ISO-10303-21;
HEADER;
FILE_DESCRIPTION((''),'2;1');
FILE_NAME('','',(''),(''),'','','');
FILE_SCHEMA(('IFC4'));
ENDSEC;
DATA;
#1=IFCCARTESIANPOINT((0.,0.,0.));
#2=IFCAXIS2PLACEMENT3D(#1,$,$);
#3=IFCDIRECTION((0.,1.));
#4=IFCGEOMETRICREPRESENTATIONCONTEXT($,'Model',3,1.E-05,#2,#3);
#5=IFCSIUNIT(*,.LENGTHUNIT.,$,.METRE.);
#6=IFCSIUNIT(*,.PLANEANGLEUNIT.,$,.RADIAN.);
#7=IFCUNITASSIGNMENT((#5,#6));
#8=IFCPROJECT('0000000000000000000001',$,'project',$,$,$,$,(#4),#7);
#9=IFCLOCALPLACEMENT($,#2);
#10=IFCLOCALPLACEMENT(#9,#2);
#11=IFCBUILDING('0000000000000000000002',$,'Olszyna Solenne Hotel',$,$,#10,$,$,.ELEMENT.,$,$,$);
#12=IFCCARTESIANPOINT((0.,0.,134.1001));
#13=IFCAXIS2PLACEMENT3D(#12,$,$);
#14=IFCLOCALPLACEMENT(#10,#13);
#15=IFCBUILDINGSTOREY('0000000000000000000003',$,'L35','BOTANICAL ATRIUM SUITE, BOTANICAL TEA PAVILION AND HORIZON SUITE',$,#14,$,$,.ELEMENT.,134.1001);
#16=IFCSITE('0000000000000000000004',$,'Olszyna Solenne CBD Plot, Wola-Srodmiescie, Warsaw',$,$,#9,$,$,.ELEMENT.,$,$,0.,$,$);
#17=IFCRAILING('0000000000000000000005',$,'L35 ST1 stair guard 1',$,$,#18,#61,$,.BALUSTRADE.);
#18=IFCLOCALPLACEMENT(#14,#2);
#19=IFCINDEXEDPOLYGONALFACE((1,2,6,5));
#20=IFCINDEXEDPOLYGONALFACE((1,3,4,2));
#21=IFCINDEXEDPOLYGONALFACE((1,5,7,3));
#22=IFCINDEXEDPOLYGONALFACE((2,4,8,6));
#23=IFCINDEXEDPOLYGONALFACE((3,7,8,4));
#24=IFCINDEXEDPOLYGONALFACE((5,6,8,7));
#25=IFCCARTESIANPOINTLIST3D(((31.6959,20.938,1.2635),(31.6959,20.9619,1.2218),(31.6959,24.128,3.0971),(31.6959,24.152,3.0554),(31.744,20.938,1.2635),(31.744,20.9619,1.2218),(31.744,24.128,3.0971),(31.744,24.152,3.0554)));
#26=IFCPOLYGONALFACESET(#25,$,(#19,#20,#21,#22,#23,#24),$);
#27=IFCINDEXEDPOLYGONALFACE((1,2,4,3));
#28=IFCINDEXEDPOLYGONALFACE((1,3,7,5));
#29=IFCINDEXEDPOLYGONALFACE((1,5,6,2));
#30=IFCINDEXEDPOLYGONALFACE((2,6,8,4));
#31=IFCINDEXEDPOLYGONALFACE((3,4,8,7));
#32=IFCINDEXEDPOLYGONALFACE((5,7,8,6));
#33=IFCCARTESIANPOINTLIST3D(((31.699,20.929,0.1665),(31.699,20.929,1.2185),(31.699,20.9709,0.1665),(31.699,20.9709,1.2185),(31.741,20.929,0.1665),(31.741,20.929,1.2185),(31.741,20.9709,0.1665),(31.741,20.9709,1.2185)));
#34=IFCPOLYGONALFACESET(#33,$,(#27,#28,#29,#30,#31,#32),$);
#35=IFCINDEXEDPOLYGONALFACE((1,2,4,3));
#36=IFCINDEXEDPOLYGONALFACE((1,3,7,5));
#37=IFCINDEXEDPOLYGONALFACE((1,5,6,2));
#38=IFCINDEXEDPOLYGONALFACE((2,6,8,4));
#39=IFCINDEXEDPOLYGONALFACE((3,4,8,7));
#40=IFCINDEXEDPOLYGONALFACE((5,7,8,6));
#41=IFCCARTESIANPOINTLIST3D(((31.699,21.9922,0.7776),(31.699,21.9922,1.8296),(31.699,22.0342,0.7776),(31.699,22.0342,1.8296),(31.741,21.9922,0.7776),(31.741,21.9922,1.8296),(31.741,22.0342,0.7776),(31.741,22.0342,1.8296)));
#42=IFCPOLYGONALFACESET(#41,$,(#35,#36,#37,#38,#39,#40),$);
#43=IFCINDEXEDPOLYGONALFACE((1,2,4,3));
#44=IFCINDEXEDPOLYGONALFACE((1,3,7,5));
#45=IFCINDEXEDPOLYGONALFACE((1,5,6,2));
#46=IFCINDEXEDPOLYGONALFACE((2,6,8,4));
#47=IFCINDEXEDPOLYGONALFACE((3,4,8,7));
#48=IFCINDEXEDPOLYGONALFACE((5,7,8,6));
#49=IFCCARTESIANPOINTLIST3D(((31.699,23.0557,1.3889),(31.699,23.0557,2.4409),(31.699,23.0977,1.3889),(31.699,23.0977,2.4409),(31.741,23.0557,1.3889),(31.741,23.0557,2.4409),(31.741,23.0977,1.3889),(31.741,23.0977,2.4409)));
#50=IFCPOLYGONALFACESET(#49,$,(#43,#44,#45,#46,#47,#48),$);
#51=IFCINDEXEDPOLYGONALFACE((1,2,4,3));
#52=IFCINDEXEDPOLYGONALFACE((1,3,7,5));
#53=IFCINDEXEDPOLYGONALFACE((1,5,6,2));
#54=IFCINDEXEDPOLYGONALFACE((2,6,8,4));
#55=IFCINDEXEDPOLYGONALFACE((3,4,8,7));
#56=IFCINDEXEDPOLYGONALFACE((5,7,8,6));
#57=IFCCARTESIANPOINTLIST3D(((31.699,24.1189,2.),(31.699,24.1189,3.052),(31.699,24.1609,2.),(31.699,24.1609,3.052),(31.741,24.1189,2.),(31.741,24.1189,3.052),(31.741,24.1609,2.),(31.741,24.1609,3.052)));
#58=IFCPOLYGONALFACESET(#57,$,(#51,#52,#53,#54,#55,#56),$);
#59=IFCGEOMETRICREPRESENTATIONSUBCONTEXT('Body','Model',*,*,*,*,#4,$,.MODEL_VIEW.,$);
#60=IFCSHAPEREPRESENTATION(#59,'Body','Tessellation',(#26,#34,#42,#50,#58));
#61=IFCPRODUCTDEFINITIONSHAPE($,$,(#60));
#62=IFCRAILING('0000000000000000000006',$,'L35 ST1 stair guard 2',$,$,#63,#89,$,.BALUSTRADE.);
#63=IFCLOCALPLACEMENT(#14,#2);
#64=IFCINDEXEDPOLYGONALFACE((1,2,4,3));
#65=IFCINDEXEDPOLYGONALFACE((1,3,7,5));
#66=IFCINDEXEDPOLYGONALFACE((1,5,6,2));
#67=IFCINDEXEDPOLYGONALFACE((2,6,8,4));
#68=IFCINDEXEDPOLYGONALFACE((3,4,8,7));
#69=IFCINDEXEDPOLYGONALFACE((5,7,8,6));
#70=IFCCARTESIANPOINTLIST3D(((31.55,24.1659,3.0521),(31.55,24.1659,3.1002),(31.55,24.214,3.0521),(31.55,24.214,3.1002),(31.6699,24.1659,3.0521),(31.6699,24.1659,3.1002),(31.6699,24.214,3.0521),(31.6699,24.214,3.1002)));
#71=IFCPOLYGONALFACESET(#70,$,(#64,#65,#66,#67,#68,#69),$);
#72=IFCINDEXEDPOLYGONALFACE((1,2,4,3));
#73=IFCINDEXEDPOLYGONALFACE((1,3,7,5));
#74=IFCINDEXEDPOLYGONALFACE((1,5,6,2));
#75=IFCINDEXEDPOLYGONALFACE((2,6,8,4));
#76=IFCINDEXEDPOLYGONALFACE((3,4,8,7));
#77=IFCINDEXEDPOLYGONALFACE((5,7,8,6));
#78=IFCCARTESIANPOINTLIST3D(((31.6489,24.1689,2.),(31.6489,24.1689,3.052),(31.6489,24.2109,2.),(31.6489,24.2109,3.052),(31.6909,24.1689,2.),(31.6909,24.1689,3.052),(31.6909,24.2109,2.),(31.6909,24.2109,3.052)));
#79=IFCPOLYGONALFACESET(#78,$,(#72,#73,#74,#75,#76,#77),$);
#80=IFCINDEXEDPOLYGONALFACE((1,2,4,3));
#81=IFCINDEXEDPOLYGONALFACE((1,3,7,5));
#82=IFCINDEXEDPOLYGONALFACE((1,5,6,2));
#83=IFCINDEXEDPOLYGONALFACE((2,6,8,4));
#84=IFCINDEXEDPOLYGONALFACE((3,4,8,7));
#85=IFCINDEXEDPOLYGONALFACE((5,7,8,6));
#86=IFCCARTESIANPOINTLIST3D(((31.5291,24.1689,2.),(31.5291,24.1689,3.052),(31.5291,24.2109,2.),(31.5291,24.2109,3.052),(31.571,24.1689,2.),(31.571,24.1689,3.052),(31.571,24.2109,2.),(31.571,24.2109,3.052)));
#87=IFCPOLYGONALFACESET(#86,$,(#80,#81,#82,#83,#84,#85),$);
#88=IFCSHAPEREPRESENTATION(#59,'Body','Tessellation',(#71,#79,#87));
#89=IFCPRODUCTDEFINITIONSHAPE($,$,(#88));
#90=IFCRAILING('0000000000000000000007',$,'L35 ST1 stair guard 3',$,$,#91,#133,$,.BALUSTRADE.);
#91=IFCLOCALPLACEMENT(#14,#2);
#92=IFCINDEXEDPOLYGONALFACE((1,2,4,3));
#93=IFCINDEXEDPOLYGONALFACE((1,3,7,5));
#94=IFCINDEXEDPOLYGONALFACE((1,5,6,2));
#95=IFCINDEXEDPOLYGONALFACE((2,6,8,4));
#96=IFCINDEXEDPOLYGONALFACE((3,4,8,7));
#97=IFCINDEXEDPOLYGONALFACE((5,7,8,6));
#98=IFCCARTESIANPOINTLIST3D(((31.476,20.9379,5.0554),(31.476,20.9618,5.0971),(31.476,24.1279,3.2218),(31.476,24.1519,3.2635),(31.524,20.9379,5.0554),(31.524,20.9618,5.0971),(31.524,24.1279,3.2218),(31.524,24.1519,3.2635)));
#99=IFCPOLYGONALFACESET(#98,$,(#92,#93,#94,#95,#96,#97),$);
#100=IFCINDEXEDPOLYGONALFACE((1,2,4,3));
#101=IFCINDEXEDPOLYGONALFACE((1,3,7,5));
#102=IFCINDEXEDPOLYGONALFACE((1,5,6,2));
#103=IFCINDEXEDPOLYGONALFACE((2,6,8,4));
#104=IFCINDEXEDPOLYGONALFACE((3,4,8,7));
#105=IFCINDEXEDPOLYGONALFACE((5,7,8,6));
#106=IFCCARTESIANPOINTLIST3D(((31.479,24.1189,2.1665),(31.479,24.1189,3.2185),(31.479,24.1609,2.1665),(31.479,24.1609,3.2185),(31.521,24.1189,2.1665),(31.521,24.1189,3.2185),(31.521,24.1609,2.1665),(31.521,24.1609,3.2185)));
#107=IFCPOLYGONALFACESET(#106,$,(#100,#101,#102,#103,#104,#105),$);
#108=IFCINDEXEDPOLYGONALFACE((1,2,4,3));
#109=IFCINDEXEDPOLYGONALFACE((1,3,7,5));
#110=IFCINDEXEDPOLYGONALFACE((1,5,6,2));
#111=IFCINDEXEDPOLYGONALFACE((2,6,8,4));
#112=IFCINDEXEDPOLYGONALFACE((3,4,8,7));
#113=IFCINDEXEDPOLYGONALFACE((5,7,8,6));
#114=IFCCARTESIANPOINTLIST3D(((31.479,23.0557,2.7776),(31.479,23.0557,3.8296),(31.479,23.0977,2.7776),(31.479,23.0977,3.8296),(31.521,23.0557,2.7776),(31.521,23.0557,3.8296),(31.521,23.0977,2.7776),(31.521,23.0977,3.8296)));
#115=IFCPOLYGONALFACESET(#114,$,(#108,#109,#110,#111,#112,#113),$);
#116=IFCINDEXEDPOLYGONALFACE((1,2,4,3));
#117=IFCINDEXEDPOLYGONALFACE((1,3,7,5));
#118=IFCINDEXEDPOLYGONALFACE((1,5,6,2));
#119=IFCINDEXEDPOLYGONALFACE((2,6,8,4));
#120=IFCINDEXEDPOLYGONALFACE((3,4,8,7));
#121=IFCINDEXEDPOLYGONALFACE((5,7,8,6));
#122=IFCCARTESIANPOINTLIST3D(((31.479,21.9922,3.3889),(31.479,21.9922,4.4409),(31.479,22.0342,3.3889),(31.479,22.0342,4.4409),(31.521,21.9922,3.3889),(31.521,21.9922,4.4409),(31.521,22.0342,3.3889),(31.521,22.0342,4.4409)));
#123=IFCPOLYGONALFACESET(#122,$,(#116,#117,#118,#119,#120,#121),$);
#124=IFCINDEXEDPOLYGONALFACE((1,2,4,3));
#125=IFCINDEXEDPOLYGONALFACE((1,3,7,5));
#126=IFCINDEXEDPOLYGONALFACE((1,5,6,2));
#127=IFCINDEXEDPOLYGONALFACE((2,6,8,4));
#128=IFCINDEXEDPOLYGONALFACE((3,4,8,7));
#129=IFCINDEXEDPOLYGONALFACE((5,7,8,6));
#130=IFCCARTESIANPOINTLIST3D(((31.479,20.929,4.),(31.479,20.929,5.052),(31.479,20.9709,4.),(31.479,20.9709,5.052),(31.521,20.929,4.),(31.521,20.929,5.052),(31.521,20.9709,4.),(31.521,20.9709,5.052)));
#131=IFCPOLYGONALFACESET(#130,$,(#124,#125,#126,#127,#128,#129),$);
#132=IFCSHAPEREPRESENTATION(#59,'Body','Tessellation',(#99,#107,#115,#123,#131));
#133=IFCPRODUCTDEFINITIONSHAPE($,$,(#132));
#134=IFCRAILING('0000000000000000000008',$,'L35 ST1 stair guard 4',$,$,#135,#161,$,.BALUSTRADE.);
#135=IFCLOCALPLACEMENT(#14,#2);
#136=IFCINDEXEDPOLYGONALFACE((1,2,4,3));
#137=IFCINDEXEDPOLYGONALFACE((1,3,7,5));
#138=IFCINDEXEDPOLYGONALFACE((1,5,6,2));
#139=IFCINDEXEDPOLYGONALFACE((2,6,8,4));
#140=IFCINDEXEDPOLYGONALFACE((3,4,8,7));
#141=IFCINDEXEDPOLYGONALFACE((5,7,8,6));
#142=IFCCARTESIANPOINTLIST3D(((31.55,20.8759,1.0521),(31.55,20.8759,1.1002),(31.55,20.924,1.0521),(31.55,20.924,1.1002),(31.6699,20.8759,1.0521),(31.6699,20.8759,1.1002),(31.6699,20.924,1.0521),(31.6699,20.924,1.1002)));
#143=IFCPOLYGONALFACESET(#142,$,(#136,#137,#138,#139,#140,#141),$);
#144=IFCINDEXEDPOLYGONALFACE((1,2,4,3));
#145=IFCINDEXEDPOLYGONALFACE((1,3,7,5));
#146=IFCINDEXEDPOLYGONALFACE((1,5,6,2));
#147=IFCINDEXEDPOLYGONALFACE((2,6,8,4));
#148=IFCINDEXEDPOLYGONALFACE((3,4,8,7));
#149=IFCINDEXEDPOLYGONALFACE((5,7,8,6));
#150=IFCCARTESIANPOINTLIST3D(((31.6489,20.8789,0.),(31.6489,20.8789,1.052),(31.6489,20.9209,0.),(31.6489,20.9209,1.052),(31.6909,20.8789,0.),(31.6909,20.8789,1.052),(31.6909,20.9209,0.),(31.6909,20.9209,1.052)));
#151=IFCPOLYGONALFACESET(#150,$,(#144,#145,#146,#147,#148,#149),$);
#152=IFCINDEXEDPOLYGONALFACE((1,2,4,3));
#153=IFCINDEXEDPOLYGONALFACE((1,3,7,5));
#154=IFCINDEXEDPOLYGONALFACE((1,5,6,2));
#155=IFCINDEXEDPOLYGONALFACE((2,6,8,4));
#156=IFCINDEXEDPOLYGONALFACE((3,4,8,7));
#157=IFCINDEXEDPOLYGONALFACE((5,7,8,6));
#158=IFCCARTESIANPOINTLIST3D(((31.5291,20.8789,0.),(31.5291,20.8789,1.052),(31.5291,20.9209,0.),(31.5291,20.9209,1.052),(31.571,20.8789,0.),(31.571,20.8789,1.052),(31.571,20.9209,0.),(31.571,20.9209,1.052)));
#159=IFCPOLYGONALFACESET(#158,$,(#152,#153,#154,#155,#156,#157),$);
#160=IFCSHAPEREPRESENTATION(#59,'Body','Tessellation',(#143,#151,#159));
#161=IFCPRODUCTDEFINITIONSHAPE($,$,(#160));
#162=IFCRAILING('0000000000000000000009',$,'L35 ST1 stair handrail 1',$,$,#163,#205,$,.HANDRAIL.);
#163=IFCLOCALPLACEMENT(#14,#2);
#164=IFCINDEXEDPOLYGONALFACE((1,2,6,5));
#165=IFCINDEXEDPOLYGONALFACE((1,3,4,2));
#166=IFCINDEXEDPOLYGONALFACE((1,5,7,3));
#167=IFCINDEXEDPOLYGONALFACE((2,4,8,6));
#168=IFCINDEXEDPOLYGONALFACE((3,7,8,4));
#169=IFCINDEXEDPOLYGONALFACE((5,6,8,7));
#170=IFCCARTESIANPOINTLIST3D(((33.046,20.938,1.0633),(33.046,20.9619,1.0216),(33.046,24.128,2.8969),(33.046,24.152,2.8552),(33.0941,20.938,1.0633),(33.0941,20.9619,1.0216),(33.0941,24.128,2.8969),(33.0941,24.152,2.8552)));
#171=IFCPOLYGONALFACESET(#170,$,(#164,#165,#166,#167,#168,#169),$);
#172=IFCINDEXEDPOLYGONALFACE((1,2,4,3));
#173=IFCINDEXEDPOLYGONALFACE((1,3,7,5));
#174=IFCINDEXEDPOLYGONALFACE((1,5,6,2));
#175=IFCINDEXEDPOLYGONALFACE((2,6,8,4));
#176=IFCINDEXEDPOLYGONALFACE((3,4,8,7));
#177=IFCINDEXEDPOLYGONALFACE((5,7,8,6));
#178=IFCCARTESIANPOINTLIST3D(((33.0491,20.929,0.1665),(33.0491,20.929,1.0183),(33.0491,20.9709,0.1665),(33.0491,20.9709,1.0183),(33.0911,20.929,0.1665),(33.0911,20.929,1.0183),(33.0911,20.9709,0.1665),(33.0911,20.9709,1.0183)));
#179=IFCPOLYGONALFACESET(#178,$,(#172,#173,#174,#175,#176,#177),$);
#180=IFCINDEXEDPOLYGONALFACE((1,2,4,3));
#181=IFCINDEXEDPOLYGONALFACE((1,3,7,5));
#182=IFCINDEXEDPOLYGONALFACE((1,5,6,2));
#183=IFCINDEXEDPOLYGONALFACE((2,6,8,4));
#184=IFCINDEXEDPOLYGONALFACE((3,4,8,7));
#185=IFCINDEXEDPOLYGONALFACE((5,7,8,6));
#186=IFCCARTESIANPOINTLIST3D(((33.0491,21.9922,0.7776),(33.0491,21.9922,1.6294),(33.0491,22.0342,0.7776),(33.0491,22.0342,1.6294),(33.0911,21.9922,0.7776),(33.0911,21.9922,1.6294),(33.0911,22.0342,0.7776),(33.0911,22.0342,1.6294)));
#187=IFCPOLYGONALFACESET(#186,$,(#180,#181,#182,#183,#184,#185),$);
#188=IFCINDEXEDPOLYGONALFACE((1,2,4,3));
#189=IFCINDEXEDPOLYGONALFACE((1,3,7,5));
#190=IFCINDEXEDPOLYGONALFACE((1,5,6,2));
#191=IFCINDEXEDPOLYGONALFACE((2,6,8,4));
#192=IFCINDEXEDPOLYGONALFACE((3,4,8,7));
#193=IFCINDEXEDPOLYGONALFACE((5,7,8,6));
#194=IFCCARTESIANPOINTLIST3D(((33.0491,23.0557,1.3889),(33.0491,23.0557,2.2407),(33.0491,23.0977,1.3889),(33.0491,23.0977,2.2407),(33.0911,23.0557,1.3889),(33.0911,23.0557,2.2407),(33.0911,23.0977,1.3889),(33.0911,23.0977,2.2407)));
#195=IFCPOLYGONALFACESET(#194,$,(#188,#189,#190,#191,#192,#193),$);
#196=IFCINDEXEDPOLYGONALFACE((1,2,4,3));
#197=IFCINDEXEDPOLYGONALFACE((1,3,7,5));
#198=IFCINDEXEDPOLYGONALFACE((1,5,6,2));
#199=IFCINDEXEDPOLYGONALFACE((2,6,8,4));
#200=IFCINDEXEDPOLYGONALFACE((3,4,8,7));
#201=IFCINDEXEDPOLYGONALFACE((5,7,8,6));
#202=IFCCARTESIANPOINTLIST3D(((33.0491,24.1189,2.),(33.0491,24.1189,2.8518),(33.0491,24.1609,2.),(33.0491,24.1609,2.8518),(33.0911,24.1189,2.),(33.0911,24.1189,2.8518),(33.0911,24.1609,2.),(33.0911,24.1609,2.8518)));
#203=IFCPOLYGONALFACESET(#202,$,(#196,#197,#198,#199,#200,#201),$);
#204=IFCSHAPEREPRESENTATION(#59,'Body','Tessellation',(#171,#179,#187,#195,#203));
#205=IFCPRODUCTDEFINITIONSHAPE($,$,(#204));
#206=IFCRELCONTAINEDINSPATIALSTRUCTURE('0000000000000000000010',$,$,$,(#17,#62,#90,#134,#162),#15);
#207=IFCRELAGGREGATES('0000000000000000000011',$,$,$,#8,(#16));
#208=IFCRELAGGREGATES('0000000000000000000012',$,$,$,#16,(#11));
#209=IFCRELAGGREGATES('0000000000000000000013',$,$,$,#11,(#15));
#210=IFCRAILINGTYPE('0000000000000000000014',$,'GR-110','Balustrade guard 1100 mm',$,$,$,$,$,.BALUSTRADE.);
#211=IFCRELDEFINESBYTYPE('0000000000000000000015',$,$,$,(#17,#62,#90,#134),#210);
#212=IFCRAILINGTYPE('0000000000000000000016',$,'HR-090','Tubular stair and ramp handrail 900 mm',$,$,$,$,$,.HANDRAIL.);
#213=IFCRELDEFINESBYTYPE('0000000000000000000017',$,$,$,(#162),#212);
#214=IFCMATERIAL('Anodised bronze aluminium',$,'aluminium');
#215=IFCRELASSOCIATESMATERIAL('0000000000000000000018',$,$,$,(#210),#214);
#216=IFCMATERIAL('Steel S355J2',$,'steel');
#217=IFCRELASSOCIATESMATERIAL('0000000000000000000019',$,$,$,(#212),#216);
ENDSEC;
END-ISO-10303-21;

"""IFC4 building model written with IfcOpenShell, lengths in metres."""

from ifc_helpers import new_model, si_unit, direction, frame, origin, origin_2d, place, context, subcontext, project, spatial, rectangle, extrude, material, type_object, element, save


model = new_model("IFC4")

# Units and contexts
model_context = context("Model", 3, precision=1e-05, world=origin(), true_north=direction((0.0, 1.0)))
body_context = subcontext(model_context, "Body", "Model", "MODEL_VIEW")
ifc_project = project(units=[si_unit("LENGTHUNIT", "METRE"), si_unit("PLANEANGLEUNIT", "RADIAN")], contexts=[model_context])

# Site, building, storey
site_placement = place(None, origin())
site = spatial("IfcSite", under=ifc_project, at=site_placement, Name="Olszyna Solenne CBD Plot, Wola-Srodmiescie, Warsaw", CompositionType="ELEMENT", RefElevation=0.0)
building_placement = place(site_placement, origin())
building = spatial("IfcBuilding", under=site, at=building_placement, Name="Olszyna Solenne Hotel", CompositionType="ELEMENT")
storey_placement = place(building_placement, frame((0.0, 0.0, 134.1001)))
storey = spatial("IfcBuildingStorey", under=building, at=storey_placement, Name="L35", Description="BOTANICAL ATRIUM SUITE, BOTANICAL TEA PAVILION AND HORIZON SUITE", CompositionType="ELEMENT", Elevation=134.1001)

# Shared definitions
ifc_material_1 = material(Name="Steel S355J2", Category="steel")

# Railings
ifc_material_2 = material(Name="Anodised bronze aluminium", Category="aluminium")
railing_type_1 = type_object("IfcRailingType", Name="GR-110", Description="Balustrade guard 1100 mm", PredefinedType="BALUSTRADE", material=ifc_material_2)
railing_1_placement = place(storey_placement, frame((31.72, 20.95, 0.1665)))
element("IfcRailing", 1, at=railing_1_placement, inside=storey, type_object=railing_type_1, Name="L35 ST1 stair guard 1", PredefinedType="BALUSTRADE", context=body_context, shape_type="SweptSolid", body=[
    extrude(rectangle(XDim=0.0481, YDim=0.0481, at=origin_2d()), frame((0.0, 0.0, 1.0762), z_axis=(0.0, 0.866991, 0.498324), x_axis=(-1.0, 0.0, 0.0)), (0.0, 0.0, 1.0), 3.6794),
    extrude(rectangle(XDim=0.042, YDim=0.042, at=origin_2d()), origin(), (0.0, 0.0, 1.0), 1.052),
    extrude(rectangle(XDim=0.042, YDim=0.042, at=origin_2d()), frame((0.0, 1.0632, 0.6111)), (0.0, 0.0, 1.0), 1.052),
    extrude(rectangle(XDim=0.042, YDim=0.042, at=origin_2d()), frame((0.0, 2.1267, 1.2224)), (0.0, 0.0, 1.0), 1.052),
    extrude(rectangle(XDim=0.042, YDim=0.042, at=origin_2d()), frame((0.0, 3.1899, 1.8335)), (0.0, 0.0, 1.0), 1.052),
])
railing_2_placement = place(storey_placement, frame((31.6699, 24.1899, 2.0)))
element("IfcRailing", 2, at=railing_2_placement, inside=storey, type_object=railing_type_1, Name="L35 ST1 stair guard 2", PredefinedType="BALUSTRADE", context=body_context, shape_type="SweptSolid", body=[
    extrude(rectangle(XDim=0.0481, YDim=0.0481, at=origin_2d()), frame((0.0, 0.0, 1.0762), z_axis=(-1.0, 0.0, 0.0), x_axis=(0.0, -1.0, 0.0)), (0.0, 0.0, 1.0), 0.1199),
    extrude(rectangle(XDim=0.042, YDim=0.042, at=origin_2d()), origin(), (0.0, 0.0, 1.0), 1.052),
    extrude(rectangle(XDim=0.042, YDim=0.042, at=origin_2d()), frame((-0.1199, 0.0, 0.0)), (0.0, 0.0, 1.0), 1.052),
])
railing_3_placement = place(storey_placement, frame((31.5, 24.1399, 2.1665)))
element("IfcRailing", 3, at=railing_3_placement, inside=storey, type_object=railing_type_1, Name="L35 ST1 stair guard 3", PredefinedType="BALUSTRADE", context=body_context, shape_type="SweptSolid", body=[
    extrude(rectangle(XDim=0.0481, YDim=0.0481, at=origin_2d()), frame((0.0, 0.0, 1.0762), z_axis=(0.0, -0.866991, 0.498324), x_axis=(1.0, 0.0, 0.0)), (0.0, 0.0, 1.0), 3.6794),
    extrude(rectangle(XDim=0.042, YDim=0.042, at=origin_2d()), origin(), (0.0, 0.0, 1.0), 1.052),
    extrude(rectangle(XDim=0.042, YDim=0.042, at=origin_2d()), frame((0.0, -1.0632, 0.6111)), (0.0, 0.0, 1.0), 1.052),
    extrude(rectangle(XDim=0.042, YDim=0.042, at=origin_2d()), frame((0.0, -2.1267, 1.2224)), (0.0, 0.0, 1.0), 1.052),
    extrude(rectangle(XDim=0.042, YDim=0.042, at=origin_2d()), frame((0.0, -3.1899, 1.8335)), (0.0, 0.0, 1.0), 1.052),
])
railing_4_placement = place(storey_placement, frame((31.6699, 20.8999, 0.0)))
element("IfcRailing", 4, at=railing_4_placement, inside=storey, type_object=railing_type_1, Name="L35 ST1 stair guard 4", PredefinedType="BALUSTRADE", context=body_context, shape_type="SweptSolid", body=[
    extrude(rectangle(XDim=0.0481, YDim=0.0481, at=origin_2d()), frame((0.0, 0.0, 1.0762), z_axis=(-1.0, 0.0, 0.0), x_axis=(0.0, -1.0, 0.0)), (0.0, 0.0, 1.0), 0.1199),
    extrude(rectangle(XDim=0.042, YDim=0.042, at=origin_2d()), origin(), (0.0, 0.0, 1.0), 1.052),
    extrude(rectangle(XDim=0.042, YDim=0.042, at=origin_2d()), frame((-0.1199, 0.0, 0.0)), (0.0, 0.0, 1.0), 1.052),
])
railing_type_2 = type_object("IfcRailingType", Name="HR-090", Description="Tubular stair and ramp handrail 900 mm", PredefinedType="HANDRAIL", material=ifc_material_1)
railing_5_placement = place(storey_placement, frame((33.0701, 20.95, 0.1665)))
element("IfcRailing", 5, at=railing_5_placement, inside=storey, type_object=railing_type_2, Name="L35 ST1 stair handrail 1", PredefinedType="HANDRAIL", context=body_context, shape_type="SweptSolid", body=[
    extrude(rectangle(XDim=0.0481, YDim=0.0481, at=origin_2d()), frame((0.0, 0.0, 0.876), z_axis=(0.0, 0.866991, 0.498324), x_axis=(-1.0, 0.0, 0.0)), (0.0, 0.0, 1.0), 3.6794),
    extrude(rectangle(XDim=0.042, YDim=0.042, at=origin_2d()), origin(), (0.0, 0.0, 1.0), 0.8518),
    extrude(rectangle(XDim=0.042, YDim=0.042, at=origin_2d()), frame((0.0, 1.0632, 0.6111)), (0.0, 0.0, 1.0), 0.8518),
    extrude(rectangle(XDim=0.042, YDim=0.042, at=origin_2d()), frame((0.0, 2.1267, 1.2224)), (0.0, 0.0, 1.0), 0.8518),
    extrude(rectangle(XDim=0.042, YDim=0.042, at=origin_2d()), frame((0.0, 3.1899, 1.8335)), (0.0, 0.0, 1.0), 0.8518),
])

save(model, "model.ifc")
